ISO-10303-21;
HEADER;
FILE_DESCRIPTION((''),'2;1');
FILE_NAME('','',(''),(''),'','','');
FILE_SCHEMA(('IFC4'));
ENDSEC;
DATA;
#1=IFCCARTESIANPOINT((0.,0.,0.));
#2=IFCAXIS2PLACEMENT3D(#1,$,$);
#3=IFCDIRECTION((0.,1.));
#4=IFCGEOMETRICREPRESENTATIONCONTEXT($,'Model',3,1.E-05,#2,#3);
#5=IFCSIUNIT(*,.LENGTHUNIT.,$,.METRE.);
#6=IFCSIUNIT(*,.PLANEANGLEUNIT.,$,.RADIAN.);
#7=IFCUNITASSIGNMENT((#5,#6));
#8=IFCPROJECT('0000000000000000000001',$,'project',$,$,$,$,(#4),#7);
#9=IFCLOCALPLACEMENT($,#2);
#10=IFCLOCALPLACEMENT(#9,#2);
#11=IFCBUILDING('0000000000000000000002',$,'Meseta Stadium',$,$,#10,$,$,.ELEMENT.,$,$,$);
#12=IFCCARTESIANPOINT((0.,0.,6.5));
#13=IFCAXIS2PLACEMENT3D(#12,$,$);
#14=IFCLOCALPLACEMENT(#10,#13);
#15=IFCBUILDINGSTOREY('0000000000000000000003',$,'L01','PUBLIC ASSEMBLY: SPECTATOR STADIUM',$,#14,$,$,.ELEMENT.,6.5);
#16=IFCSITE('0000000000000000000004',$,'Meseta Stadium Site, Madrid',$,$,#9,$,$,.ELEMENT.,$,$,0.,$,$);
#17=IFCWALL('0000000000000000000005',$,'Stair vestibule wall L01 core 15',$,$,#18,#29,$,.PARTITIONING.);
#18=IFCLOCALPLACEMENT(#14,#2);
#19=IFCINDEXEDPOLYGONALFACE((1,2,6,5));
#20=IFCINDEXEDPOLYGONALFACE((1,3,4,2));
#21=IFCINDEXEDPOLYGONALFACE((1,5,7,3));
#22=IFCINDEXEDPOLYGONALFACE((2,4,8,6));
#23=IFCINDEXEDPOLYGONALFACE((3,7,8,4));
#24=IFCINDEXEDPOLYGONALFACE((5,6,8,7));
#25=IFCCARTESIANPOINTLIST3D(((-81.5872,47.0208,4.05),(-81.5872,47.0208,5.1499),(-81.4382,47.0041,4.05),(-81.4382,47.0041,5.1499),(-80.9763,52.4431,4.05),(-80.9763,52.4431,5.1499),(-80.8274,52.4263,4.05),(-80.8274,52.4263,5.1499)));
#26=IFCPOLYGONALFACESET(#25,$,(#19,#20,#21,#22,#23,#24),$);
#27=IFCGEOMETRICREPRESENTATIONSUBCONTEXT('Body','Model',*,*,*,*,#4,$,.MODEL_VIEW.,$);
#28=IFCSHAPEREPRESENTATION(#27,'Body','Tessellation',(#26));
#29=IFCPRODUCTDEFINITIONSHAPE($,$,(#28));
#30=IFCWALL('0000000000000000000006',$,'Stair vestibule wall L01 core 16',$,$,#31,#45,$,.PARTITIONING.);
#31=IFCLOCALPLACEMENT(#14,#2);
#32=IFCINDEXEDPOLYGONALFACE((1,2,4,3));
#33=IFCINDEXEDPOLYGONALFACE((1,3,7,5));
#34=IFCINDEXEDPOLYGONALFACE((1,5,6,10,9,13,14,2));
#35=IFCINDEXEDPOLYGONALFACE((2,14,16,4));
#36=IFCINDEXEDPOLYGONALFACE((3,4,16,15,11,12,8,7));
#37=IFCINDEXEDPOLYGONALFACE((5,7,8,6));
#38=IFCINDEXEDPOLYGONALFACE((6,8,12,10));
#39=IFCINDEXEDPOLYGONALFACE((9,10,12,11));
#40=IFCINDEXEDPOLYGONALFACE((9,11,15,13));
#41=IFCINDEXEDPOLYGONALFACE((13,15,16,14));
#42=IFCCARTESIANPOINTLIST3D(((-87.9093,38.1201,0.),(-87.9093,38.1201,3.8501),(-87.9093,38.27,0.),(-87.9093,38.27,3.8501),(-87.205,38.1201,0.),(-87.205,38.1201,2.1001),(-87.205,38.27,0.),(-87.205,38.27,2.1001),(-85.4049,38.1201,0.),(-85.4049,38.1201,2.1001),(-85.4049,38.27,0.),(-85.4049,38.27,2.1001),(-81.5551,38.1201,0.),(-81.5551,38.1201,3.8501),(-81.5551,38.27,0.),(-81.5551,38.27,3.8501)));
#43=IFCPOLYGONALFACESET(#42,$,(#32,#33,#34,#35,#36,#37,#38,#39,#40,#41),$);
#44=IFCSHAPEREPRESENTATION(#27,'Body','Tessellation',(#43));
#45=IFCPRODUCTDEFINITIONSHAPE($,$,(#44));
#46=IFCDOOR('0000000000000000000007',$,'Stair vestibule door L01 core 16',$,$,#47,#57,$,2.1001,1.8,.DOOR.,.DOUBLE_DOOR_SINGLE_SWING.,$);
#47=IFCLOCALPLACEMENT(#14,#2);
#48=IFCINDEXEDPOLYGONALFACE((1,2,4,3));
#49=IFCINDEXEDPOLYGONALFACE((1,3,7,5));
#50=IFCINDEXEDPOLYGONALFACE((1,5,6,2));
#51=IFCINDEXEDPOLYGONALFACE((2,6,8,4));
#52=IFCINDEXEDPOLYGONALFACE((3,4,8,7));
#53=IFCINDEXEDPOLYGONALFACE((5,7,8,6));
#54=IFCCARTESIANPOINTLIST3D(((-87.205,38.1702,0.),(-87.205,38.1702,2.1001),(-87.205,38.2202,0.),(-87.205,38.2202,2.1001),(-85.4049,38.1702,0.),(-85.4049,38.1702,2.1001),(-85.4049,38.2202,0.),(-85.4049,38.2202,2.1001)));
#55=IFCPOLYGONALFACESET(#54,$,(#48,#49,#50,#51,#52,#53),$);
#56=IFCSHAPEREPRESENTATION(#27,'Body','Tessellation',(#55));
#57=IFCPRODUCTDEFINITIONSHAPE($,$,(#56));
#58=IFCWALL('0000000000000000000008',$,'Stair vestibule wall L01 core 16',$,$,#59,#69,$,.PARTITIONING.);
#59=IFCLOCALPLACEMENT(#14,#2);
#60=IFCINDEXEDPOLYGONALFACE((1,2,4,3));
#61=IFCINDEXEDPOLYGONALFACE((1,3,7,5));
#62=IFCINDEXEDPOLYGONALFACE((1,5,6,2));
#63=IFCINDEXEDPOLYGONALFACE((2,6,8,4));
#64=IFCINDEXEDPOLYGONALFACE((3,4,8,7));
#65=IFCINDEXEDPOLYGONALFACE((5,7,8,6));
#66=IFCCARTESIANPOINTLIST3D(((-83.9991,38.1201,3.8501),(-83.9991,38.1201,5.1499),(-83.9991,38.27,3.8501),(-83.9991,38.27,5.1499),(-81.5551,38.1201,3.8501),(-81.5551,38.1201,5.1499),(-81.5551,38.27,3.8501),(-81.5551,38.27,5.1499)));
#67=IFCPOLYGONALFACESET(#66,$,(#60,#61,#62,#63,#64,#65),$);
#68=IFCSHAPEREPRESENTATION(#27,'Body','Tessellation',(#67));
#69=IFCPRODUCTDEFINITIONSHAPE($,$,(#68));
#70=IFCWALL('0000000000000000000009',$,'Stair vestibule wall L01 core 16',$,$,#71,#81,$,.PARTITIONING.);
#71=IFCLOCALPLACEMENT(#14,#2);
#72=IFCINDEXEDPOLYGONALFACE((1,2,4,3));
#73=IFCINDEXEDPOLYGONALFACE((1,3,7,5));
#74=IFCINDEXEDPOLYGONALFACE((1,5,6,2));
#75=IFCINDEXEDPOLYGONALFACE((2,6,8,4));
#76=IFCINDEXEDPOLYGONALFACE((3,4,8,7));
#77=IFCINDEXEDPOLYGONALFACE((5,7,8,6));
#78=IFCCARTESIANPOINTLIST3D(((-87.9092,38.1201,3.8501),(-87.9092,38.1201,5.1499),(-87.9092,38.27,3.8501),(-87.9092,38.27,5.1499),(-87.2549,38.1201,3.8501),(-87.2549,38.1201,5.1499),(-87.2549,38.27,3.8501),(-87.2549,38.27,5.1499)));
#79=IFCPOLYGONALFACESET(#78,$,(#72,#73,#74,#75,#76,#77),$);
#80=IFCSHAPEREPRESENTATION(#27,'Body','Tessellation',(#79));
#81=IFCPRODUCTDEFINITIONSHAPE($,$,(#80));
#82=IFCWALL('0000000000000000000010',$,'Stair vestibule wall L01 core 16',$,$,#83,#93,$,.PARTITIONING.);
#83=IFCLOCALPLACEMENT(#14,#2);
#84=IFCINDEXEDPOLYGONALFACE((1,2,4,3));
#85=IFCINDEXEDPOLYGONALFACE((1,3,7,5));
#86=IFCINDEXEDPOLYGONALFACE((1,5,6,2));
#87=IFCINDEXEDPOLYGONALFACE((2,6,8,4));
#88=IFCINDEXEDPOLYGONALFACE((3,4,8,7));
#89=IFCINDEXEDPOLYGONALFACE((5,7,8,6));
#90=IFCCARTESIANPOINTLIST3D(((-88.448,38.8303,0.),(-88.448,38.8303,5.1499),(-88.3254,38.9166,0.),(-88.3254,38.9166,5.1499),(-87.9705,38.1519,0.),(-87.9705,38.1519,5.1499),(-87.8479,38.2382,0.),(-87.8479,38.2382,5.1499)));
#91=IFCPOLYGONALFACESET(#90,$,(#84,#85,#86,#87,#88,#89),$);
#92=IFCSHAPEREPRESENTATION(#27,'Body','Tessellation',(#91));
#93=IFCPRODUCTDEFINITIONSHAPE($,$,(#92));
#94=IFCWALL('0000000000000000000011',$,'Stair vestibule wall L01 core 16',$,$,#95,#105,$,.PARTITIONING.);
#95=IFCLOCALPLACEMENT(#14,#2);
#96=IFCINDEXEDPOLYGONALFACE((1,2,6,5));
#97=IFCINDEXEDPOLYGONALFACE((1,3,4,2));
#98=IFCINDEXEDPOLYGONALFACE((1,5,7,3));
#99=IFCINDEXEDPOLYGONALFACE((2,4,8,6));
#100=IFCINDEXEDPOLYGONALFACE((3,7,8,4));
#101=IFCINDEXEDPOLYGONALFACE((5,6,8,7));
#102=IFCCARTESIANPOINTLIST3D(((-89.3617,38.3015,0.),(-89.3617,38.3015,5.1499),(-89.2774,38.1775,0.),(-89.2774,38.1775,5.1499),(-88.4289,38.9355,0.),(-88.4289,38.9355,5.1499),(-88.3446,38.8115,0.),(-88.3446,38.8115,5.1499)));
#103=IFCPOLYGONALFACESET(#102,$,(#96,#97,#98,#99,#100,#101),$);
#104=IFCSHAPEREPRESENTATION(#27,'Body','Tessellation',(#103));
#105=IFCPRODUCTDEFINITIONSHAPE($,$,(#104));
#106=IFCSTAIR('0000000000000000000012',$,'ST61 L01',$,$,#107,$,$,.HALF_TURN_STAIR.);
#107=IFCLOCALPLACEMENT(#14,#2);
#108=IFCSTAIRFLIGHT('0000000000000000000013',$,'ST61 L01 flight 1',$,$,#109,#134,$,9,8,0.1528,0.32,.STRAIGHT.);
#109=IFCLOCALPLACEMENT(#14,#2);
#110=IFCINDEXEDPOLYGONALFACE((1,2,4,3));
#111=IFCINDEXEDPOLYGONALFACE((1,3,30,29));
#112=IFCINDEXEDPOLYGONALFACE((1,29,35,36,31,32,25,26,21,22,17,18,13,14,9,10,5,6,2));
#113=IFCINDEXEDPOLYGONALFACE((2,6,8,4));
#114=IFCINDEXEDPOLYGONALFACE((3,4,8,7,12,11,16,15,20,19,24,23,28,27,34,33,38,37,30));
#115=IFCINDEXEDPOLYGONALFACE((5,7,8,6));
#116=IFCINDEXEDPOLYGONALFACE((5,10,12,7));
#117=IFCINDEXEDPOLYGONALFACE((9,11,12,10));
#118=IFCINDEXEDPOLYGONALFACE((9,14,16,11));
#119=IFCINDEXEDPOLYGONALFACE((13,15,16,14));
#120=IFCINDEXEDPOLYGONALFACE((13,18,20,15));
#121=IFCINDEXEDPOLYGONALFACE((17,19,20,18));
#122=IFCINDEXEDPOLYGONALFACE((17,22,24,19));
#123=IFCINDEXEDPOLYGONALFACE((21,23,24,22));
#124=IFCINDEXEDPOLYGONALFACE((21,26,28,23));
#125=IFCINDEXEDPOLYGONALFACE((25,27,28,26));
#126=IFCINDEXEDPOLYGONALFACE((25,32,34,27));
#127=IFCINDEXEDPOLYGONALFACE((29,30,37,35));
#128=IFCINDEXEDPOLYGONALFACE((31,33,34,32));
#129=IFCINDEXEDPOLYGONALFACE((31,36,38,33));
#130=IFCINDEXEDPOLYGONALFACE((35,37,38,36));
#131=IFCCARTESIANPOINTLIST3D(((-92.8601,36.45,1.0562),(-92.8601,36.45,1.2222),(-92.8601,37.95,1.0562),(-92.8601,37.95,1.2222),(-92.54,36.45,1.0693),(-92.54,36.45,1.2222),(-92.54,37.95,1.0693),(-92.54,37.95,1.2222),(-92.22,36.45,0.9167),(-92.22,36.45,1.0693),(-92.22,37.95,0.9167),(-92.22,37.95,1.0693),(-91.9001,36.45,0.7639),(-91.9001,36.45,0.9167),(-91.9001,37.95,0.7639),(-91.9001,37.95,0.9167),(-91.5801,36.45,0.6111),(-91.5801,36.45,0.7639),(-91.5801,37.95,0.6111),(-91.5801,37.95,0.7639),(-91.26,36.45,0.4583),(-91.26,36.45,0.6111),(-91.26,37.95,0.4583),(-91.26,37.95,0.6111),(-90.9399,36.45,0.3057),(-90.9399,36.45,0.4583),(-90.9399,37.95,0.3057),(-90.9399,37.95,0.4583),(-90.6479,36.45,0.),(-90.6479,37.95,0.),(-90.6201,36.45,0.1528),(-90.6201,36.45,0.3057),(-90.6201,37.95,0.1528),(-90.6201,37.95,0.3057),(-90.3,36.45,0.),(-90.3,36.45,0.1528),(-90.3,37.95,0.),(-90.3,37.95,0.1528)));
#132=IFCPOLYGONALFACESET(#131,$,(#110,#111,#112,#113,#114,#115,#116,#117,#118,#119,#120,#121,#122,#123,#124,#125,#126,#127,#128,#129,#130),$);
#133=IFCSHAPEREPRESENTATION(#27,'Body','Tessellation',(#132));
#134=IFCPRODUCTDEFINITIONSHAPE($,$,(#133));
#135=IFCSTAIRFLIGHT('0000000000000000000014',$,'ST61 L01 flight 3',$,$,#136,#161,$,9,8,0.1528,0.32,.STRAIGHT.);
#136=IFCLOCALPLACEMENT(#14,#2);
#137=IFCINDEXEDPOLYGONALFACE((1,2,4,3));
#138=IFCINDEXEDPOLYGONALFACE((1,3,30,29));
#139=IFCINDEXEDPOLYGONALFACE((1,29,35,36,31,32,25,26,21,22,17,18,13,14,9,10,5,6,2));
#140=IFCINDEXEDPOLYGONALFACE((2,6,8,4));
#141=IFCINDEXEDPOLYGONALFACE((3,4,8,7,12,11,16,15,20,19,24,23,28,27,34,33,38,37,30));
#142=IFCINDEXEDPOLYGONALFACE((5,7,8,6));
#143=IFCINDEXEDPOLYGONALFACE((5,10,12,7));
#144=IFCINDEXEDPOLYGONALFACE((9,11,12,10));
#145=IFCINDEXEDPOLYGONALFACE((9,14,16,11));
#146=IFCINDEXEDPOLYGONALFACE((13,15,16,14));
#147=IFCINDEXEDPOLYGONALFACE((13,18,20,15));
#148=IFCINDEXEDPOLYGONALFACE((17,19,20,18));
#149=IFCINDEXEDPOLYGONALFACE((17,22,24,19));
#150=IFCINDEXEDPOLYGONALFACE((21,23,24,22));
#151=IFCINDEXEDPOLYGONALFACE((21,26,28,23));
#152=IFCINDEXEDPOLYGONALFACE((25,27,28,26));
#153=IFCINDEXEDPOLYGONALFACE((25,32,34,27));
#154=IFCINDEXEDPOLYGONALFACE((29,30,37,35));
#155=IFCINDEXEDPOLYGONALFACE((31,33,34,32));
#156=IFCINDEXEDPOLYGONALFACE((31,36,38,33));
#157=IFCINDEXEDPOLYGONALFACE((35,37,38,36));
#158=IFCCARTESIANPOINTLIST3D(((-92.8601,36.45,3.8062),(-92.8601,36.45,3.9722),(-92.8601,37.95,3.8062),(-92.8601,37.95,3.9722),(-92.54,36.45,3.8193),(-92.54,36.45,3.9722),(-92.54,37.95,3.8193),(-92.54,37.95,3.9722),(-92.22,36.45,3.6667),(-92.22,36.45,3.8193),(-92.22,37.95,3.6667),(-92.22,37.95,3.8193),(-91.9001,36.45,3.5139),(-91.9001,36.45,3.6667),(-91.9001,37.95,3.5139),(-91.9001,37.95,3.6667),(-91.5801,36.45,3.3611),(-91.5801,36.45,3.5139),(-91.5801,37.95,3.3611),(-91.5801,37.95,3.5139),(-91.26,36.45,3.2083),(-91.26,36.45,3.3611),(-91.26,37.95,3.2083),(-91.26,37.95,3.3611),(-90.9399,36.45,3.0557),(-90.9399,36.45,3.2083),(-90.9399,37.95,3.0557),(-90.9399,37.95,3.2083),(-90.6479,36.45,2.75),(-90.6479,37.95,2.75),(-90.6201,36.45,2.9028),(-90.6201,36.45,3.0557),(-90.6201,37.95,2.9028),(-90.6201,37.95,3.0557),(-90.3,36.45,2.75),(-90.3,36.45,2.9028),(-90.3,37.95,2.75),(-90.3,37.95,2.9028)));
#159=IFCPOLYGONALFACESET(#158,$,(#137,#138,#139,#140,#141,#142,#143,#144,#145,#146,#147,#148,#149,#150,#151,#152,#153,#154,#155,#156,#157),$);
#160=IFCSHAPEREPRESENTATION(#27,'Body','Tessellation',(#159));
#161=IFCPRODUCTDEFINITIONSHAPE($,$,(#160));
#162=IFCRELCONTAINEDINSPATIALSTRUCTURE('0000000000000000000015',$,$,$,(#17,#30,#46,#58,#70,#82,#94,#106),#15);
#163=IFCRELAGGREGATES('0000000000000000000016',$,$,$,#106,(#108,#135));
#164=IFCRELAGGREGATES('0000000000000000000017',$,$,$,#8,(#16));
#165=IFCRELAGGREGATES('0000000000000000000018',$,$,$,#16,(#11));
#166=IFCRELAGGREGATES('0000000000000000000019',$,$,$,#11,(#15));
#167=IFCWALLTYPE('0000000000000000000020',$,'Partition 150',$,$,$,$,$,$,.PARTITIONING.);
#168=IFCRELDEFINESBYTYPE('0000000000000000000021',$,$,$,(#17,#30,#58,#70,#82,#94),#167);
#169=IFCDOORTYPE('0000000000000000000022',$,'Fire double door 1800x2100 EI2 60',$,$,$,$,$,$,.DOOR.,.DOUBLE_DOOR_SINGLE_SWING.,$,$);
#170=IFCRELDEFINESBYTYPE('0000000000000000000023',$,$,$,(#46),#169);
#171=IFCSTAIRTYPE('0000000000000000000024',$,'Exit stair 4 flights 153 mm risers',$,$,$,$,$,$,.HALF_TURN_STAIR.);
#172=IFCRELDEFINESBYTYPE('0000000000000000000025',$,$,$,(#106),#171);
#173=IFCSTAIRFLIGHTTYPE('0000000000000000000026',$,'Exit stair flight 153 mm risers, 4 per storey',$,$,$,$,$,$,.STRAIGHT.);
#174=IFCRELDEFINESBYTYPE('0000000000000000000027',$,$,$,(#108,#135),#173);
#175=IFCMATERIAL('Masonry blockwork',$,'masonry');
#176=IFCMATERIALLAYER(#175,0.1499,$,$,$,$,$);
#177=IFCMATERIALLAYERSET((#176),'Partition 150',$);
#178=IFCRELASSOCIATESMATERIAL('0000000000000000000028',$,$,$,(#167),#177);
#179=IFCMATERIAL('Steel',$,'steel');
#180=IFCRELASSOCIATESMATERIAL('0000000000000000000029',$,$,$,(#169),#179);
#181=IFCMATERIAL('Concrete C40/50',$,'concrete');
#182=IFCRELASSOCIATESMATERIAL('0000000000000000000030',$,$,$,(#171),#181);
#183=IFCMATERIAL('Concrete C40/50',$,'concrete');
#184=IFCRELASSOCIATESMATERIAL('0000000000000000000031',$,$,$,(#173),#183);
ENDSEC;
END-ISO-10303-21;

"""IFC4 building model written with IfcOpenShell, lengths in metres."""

from ifc_helpers import new_model, si_unit, direction, frame, frame_2d, origin, place, context, subcontext, project, spatial, polyline, rectangle, outline, extrude, material, layer, layer_set, type_object, element, fill, aggregate, save


model = new_model("IFC4")

# Units and contexts
model_context = context("Model", 3, precision=1e-05, world=origin(), true_north=direction((0.0, 1.0)))
body_context = subcontext(model_context, "Body", "Model", "MODEL_VIEW")
ifc_project = project(units=[si_unit("LENGTHUNIT", "METRE"), si_unit("PLANEANGLEUNIT", "RADIAN")], contexts=[model_context])

# Site, building, storey
site_placement = place(None, origin())
site = spatial("IfcSite", under=ifc_project, at=site_placement, Name="Meseta Stadium Site, Madrid", CompositionType="ELEMENT", RefElevation=0.0)
building_placement = place(site_placement, origin())
building = spatial("IfcBuilding", under=site, at=building_placement, Name="Meseta Stadium", CompositionType="ELEMENT")
storey_placement = place(building_placement, frame((0.0, 0.0, 6.5)))
storey = spatial("IfcBuildingStorey", under=building, at=storey_placement, Name="L01", Description="PUBLIC ASSEMBLY: SPECTATOR STADIUM", CompositionType="ELEMENT", Elevation=6.5)

# Shared definitions
ifc_material_1 = material(Name="Masonry blockwork", Category="masonry")
ifc_layer_1 = layer(ifc_material_1, 0.1499)
ifc_layer_set_1 = layer_set([ifc_layer_1], Name="Partition 150")
wall_type_1 = type_object("IfcWallType", Name="Partition 150", PredefinedType="PARTITIONING", material=ifc_layer_set_1)

# Shared definitions
ifc_material_2 = material(Name="Steel", Category="steel")
door_type_1 = type_object("IfcDoorType", Name="Fire double door 1800x2100 EI2 60", OperationType="DOUBLE_DOOR_SINGLE_SWING", PredefinedType="DOOR", material=ifc_material_2)

# Wall
wall_1_placement = place(storey_placement, frame((-81.5127, 47.0125, 4.05), z_axis=(0.0, 0.0, 1.0), x_axis=(0.111944, 0.993715, 0.0)))
element("IfcWall", 1, at=wall_1_placement, inside=storey, type_object=wall_type_1, Name="Stair vestibule wall L01 core 15", PredefinedType="PARTITIONING", context=body_context, shape_type="SweptSolid", body=[
    extrude(rectangle(XDim=5.4565, YDim=0.1499, at=frame_2d((2.7283, 0.0))), origin(), (0.0, 0.0, 1.0), 1.0999),
])

# Wall, opening, door
wall_2_placement = place(storey_placement, frame((-81.5549, 38.1951, 0.0), z_axis=(0.0, 0.0, 1.0), x_axis=(-1.0, 0.0, 0.0)))
wall_2 = element("IfcWall", 2, at=wall_2_placement, inside=storey, type_object=wall_type_1, Name="Stair vestibule wall L01 core 16", PredefinedType="PARTITIONING", context=body_context, shape_type="SweptSolid", body=[
    extrude(rectangle(XDim=6.3542, YDim=0.1499, at=frame_2d((3.1772, 0.0))), origin(), (0.0, 0.0, 1.0), 3.8501),
])
opening_1_placement = place(wall_2_placement, frame((3.8501, 0.0, 0.0)))
opening_1 = element("IfcOpeningElement", 3, at=opening_1_placement, cuts=wall_2, PredefinedType="OPENING", context=body_context, shape_type="SweptSolid", body=[
    extrude(rectangle(XDim=1.8, YDim=2.1001, at=frame_2d((0.8999, 1.05))), frame((0.0, 0.085, 0.0), z_axis=(0.0, -1.0, 0.0), x_axis=(1.0, 0.0, 0.0)), (0.0, 0.0, 1.0), 0.1699),
])
door_1_placement = place(opening_1_placement, origin())
door_1 = element("IfcDoor", 4, at=door_1_placement, inside=storey, type_object=door_type_1, Name="Stair vestibule door L01 core 16", OperationType="DOUBLE_DOOR_SINGLE_SWING", OverallHeight=2.1001, OverallWidth=1.8, PredefinedType="DOOR", context=body_context, shape_type="SweptSolid", body=[
    extrude(rectangle(XDim=1.8, YDim=2.1001, at=frame_2d((0.8999, 1.05))), frame((0.0, 0.0249, 0.0), z_axis=(0.0, -1.0, 0.0), x_axis=(1.0, 0.0, 0.0)), (0.0, 0.0, 1.0), 0.05),
])
fill(opening_1, door_1)

# Walls
wall_3_placement = place(storey_placement, frame((-81.5549, 38.1951, 3.8501), z_axis=(0.0, 0.0, 1.0), x_axis=(-1.0, 0.0, 0.0)))
element("IfcWall", 5, at=wall_3_placement, inside=storey, type_object=wall_type_1, Name="Stair vestibule wall L01 core 16", PredefinedType="PARTITIONING", context=body_context, shape_type="SweptSolid", body=[
    extrude(rectangle(XDim=2.4441, YDim=0.1499, at=frame_2d((1.2222, 0.0))), origin(), (0.0, 0.0, 1.0), 1.2998),
])
wall_4_placement = place(storey_placement, frame((-87.2549, 38.1951, 3.8501), z_axis=(0.0, 0.0, 1.0), x_axis=(-1.0, 0.0, 0.0)))
element("IfcWall", 6, at=wall_4_placement, inside=storey, type_object=wall_type_1, Name="Stair vestibule wall L01 core 16", PredefinedType="PARTITIONING", context=body_context, shape_type="SweptSolid", body=[
    extrude(rectangle(XDim=0.6543, YDim=0.1499, at=frame_2d((0.3271, 0.0))), origin(), (0.0, 0.0, 1.0), 1.2998),
])
wall_5_placement = place(storey_placement, frame((-87.9092, 38.1951, 0.0), z_axis=(0.0, 0.0, 1.0), x_axis=(-0.575574, 0.81775, 0.0)))
element("IfcWall", 7, at=wall_5_placement, inside=storey, type_object=wall_type_1, Name="Stair vestibule wall L01 core 16", PredefinedType="PARTITIONING", context=body_context, shape_type="SweptSolid", body=[
    extrude(rectangle(XDim=0.8296, YDim=0.1499, at=frame_2d((0.4148, 0.0))), origin(), (0.0, 0.0, 1.0), 5.1499),
])
wall_6_placement = place(storey_placement, frame((-88.3867, 38.8735, 0.0), z_axis=(0.0, 0.0, 1.0), x_axis=(-0.827055, -0.562121, 0.0)))
element("IfcWall", 8, at=wall_6_placement, inside=storey, type_object=wall_type_1, Name="Stair vestibule wall L01 core 16", PredefinedType="PARTITIONING", context=body_context, shape_type="SweptSolid", body=[
    extrude(rectangle(XDim=1.1279, YDim=0.1499, at=frame_2d((0.564, 0.0))), origin(), (0.0, 0.0, 1.0), 5.1499),
])

# Stair, stair flights
ifc_material_3 = material(Name="Concrete C40/50", Category="concrete")
stair_type = type_object("IfcStairType", Name="Exit stair 4 flights 153 mm risers", PredefinedType="HALF_TURN_STAIR", material=ifc_material_3)
stair_placement = place(storey_placement, origin())
stair = element("IfcStair", 9, at=stair_placement, inside=storey, type_object=stair_type, Name="ST61 L01", PredefinedType="HALF_TURN_STAIR")
ifc_material_4 = material(Name="Concrete C40/50", Category="concrete")
stair_flight_type = type_object("IfcStairFlightType", Name="Exit stair flight 153 mm risers, 4 per storey", PredefinedType="STRAIGHT", material=ifc_material_4)
stair_flight_1_placement = place(storey_placement, frame((-90.3, 37.2, 0.0), z_axis=(0.0, 0.0, 1.0), x_axis=(-1.0, 0.0, 0.0)))
stair_flight_1 = element("IfcStairFlight", 10, at=stair_flight_1_placement, type_object=stair_flight_type, Name="ST61 L01 flight 1", NumberOfRisers=9, NumberOfTreads=8, PredefinedType="STRAIGHT", RiserHeight=0.1528, TreadLength=0.32, context=body_context, shape_type="SweptSolid", body=[
    extrude(outline(polyline([(0.0, 0.0), (0.0, 0.1528), (0.3201, 0.1528), (0.3201, 0.3057), (0.6399, 0.3057), (0.6399, 0.4583), (0.96, 0.4583), (0.96, 0.6111), (1.28, 0.6111), (1.28, 0.7639), (1.6001, 0.7639), (1.6001, 0.9167), (1.9199, 0.9167), (1.9199, 1.0693), (2.24, 1.0693), (2.24, 1.2222), (2.5601, 1.2222), (2.5601, 1.0562), (0.3479, 0.0), (0.0, 0.0)])), frame((0.0, 0.75, 0.0), z_axis=(0.0, -1.0, 0.0), x_axis=(1.0, 0.0, 0.0)), (0.0, 0.0, 1.0), 1.5),
])
stair_flight_2_placement = place(storey_placement, frame((-90.3, 37.2, 2.75), z_axis=(0.0, 0.0, 1.0), x_axis=(-1.0, 0.0, 0.0)))
stair_flight_2 = element("IfcStairFlight", 11, at=stair_flight_2_placement, type_object=stair_flight_type, Name="ST61 L01 flight 3", NumberOfRisers=9, NumberOfTreads=8, PredefinedType="STRAIGHT", RiserHeight=0.1528, TreadLength=0.32, context=body_context, shape_type="SweptSolid", body=[
    extrude(outline(polyline([(0.0, 0.0), (0.0, 0.1528), (0.3201, 0.1528), (0.3201, 0.3057), (0.6399, 0.3057), (0.6399, 0.4583), (0.96, 0.4583), (0.96, 0.6111), (1.28, 0.6111), (1.28, 0.7639), (1.6001, 0.7639), (1.6001, 0.9167), (1.9199, 0.9167), (1.9199, 1.0693), (2.24, 1.0693), (2.24, 1.2222), (2.5601, 1.2222), (2.5601, 1.0562), (0.3479, 0.0), (0.0, 0.0)])), frame((0.0, 0.75, 0.0), z_axis=(0.0, -1.0, 0.0), x_axis=(1.0, 0.0, 0.0)), (0.0, 0.0, 1.0), 1.5),
])
aggregate(stair, [stair_flight_1, stair_flight_2])

save(model, "model.ifc")
